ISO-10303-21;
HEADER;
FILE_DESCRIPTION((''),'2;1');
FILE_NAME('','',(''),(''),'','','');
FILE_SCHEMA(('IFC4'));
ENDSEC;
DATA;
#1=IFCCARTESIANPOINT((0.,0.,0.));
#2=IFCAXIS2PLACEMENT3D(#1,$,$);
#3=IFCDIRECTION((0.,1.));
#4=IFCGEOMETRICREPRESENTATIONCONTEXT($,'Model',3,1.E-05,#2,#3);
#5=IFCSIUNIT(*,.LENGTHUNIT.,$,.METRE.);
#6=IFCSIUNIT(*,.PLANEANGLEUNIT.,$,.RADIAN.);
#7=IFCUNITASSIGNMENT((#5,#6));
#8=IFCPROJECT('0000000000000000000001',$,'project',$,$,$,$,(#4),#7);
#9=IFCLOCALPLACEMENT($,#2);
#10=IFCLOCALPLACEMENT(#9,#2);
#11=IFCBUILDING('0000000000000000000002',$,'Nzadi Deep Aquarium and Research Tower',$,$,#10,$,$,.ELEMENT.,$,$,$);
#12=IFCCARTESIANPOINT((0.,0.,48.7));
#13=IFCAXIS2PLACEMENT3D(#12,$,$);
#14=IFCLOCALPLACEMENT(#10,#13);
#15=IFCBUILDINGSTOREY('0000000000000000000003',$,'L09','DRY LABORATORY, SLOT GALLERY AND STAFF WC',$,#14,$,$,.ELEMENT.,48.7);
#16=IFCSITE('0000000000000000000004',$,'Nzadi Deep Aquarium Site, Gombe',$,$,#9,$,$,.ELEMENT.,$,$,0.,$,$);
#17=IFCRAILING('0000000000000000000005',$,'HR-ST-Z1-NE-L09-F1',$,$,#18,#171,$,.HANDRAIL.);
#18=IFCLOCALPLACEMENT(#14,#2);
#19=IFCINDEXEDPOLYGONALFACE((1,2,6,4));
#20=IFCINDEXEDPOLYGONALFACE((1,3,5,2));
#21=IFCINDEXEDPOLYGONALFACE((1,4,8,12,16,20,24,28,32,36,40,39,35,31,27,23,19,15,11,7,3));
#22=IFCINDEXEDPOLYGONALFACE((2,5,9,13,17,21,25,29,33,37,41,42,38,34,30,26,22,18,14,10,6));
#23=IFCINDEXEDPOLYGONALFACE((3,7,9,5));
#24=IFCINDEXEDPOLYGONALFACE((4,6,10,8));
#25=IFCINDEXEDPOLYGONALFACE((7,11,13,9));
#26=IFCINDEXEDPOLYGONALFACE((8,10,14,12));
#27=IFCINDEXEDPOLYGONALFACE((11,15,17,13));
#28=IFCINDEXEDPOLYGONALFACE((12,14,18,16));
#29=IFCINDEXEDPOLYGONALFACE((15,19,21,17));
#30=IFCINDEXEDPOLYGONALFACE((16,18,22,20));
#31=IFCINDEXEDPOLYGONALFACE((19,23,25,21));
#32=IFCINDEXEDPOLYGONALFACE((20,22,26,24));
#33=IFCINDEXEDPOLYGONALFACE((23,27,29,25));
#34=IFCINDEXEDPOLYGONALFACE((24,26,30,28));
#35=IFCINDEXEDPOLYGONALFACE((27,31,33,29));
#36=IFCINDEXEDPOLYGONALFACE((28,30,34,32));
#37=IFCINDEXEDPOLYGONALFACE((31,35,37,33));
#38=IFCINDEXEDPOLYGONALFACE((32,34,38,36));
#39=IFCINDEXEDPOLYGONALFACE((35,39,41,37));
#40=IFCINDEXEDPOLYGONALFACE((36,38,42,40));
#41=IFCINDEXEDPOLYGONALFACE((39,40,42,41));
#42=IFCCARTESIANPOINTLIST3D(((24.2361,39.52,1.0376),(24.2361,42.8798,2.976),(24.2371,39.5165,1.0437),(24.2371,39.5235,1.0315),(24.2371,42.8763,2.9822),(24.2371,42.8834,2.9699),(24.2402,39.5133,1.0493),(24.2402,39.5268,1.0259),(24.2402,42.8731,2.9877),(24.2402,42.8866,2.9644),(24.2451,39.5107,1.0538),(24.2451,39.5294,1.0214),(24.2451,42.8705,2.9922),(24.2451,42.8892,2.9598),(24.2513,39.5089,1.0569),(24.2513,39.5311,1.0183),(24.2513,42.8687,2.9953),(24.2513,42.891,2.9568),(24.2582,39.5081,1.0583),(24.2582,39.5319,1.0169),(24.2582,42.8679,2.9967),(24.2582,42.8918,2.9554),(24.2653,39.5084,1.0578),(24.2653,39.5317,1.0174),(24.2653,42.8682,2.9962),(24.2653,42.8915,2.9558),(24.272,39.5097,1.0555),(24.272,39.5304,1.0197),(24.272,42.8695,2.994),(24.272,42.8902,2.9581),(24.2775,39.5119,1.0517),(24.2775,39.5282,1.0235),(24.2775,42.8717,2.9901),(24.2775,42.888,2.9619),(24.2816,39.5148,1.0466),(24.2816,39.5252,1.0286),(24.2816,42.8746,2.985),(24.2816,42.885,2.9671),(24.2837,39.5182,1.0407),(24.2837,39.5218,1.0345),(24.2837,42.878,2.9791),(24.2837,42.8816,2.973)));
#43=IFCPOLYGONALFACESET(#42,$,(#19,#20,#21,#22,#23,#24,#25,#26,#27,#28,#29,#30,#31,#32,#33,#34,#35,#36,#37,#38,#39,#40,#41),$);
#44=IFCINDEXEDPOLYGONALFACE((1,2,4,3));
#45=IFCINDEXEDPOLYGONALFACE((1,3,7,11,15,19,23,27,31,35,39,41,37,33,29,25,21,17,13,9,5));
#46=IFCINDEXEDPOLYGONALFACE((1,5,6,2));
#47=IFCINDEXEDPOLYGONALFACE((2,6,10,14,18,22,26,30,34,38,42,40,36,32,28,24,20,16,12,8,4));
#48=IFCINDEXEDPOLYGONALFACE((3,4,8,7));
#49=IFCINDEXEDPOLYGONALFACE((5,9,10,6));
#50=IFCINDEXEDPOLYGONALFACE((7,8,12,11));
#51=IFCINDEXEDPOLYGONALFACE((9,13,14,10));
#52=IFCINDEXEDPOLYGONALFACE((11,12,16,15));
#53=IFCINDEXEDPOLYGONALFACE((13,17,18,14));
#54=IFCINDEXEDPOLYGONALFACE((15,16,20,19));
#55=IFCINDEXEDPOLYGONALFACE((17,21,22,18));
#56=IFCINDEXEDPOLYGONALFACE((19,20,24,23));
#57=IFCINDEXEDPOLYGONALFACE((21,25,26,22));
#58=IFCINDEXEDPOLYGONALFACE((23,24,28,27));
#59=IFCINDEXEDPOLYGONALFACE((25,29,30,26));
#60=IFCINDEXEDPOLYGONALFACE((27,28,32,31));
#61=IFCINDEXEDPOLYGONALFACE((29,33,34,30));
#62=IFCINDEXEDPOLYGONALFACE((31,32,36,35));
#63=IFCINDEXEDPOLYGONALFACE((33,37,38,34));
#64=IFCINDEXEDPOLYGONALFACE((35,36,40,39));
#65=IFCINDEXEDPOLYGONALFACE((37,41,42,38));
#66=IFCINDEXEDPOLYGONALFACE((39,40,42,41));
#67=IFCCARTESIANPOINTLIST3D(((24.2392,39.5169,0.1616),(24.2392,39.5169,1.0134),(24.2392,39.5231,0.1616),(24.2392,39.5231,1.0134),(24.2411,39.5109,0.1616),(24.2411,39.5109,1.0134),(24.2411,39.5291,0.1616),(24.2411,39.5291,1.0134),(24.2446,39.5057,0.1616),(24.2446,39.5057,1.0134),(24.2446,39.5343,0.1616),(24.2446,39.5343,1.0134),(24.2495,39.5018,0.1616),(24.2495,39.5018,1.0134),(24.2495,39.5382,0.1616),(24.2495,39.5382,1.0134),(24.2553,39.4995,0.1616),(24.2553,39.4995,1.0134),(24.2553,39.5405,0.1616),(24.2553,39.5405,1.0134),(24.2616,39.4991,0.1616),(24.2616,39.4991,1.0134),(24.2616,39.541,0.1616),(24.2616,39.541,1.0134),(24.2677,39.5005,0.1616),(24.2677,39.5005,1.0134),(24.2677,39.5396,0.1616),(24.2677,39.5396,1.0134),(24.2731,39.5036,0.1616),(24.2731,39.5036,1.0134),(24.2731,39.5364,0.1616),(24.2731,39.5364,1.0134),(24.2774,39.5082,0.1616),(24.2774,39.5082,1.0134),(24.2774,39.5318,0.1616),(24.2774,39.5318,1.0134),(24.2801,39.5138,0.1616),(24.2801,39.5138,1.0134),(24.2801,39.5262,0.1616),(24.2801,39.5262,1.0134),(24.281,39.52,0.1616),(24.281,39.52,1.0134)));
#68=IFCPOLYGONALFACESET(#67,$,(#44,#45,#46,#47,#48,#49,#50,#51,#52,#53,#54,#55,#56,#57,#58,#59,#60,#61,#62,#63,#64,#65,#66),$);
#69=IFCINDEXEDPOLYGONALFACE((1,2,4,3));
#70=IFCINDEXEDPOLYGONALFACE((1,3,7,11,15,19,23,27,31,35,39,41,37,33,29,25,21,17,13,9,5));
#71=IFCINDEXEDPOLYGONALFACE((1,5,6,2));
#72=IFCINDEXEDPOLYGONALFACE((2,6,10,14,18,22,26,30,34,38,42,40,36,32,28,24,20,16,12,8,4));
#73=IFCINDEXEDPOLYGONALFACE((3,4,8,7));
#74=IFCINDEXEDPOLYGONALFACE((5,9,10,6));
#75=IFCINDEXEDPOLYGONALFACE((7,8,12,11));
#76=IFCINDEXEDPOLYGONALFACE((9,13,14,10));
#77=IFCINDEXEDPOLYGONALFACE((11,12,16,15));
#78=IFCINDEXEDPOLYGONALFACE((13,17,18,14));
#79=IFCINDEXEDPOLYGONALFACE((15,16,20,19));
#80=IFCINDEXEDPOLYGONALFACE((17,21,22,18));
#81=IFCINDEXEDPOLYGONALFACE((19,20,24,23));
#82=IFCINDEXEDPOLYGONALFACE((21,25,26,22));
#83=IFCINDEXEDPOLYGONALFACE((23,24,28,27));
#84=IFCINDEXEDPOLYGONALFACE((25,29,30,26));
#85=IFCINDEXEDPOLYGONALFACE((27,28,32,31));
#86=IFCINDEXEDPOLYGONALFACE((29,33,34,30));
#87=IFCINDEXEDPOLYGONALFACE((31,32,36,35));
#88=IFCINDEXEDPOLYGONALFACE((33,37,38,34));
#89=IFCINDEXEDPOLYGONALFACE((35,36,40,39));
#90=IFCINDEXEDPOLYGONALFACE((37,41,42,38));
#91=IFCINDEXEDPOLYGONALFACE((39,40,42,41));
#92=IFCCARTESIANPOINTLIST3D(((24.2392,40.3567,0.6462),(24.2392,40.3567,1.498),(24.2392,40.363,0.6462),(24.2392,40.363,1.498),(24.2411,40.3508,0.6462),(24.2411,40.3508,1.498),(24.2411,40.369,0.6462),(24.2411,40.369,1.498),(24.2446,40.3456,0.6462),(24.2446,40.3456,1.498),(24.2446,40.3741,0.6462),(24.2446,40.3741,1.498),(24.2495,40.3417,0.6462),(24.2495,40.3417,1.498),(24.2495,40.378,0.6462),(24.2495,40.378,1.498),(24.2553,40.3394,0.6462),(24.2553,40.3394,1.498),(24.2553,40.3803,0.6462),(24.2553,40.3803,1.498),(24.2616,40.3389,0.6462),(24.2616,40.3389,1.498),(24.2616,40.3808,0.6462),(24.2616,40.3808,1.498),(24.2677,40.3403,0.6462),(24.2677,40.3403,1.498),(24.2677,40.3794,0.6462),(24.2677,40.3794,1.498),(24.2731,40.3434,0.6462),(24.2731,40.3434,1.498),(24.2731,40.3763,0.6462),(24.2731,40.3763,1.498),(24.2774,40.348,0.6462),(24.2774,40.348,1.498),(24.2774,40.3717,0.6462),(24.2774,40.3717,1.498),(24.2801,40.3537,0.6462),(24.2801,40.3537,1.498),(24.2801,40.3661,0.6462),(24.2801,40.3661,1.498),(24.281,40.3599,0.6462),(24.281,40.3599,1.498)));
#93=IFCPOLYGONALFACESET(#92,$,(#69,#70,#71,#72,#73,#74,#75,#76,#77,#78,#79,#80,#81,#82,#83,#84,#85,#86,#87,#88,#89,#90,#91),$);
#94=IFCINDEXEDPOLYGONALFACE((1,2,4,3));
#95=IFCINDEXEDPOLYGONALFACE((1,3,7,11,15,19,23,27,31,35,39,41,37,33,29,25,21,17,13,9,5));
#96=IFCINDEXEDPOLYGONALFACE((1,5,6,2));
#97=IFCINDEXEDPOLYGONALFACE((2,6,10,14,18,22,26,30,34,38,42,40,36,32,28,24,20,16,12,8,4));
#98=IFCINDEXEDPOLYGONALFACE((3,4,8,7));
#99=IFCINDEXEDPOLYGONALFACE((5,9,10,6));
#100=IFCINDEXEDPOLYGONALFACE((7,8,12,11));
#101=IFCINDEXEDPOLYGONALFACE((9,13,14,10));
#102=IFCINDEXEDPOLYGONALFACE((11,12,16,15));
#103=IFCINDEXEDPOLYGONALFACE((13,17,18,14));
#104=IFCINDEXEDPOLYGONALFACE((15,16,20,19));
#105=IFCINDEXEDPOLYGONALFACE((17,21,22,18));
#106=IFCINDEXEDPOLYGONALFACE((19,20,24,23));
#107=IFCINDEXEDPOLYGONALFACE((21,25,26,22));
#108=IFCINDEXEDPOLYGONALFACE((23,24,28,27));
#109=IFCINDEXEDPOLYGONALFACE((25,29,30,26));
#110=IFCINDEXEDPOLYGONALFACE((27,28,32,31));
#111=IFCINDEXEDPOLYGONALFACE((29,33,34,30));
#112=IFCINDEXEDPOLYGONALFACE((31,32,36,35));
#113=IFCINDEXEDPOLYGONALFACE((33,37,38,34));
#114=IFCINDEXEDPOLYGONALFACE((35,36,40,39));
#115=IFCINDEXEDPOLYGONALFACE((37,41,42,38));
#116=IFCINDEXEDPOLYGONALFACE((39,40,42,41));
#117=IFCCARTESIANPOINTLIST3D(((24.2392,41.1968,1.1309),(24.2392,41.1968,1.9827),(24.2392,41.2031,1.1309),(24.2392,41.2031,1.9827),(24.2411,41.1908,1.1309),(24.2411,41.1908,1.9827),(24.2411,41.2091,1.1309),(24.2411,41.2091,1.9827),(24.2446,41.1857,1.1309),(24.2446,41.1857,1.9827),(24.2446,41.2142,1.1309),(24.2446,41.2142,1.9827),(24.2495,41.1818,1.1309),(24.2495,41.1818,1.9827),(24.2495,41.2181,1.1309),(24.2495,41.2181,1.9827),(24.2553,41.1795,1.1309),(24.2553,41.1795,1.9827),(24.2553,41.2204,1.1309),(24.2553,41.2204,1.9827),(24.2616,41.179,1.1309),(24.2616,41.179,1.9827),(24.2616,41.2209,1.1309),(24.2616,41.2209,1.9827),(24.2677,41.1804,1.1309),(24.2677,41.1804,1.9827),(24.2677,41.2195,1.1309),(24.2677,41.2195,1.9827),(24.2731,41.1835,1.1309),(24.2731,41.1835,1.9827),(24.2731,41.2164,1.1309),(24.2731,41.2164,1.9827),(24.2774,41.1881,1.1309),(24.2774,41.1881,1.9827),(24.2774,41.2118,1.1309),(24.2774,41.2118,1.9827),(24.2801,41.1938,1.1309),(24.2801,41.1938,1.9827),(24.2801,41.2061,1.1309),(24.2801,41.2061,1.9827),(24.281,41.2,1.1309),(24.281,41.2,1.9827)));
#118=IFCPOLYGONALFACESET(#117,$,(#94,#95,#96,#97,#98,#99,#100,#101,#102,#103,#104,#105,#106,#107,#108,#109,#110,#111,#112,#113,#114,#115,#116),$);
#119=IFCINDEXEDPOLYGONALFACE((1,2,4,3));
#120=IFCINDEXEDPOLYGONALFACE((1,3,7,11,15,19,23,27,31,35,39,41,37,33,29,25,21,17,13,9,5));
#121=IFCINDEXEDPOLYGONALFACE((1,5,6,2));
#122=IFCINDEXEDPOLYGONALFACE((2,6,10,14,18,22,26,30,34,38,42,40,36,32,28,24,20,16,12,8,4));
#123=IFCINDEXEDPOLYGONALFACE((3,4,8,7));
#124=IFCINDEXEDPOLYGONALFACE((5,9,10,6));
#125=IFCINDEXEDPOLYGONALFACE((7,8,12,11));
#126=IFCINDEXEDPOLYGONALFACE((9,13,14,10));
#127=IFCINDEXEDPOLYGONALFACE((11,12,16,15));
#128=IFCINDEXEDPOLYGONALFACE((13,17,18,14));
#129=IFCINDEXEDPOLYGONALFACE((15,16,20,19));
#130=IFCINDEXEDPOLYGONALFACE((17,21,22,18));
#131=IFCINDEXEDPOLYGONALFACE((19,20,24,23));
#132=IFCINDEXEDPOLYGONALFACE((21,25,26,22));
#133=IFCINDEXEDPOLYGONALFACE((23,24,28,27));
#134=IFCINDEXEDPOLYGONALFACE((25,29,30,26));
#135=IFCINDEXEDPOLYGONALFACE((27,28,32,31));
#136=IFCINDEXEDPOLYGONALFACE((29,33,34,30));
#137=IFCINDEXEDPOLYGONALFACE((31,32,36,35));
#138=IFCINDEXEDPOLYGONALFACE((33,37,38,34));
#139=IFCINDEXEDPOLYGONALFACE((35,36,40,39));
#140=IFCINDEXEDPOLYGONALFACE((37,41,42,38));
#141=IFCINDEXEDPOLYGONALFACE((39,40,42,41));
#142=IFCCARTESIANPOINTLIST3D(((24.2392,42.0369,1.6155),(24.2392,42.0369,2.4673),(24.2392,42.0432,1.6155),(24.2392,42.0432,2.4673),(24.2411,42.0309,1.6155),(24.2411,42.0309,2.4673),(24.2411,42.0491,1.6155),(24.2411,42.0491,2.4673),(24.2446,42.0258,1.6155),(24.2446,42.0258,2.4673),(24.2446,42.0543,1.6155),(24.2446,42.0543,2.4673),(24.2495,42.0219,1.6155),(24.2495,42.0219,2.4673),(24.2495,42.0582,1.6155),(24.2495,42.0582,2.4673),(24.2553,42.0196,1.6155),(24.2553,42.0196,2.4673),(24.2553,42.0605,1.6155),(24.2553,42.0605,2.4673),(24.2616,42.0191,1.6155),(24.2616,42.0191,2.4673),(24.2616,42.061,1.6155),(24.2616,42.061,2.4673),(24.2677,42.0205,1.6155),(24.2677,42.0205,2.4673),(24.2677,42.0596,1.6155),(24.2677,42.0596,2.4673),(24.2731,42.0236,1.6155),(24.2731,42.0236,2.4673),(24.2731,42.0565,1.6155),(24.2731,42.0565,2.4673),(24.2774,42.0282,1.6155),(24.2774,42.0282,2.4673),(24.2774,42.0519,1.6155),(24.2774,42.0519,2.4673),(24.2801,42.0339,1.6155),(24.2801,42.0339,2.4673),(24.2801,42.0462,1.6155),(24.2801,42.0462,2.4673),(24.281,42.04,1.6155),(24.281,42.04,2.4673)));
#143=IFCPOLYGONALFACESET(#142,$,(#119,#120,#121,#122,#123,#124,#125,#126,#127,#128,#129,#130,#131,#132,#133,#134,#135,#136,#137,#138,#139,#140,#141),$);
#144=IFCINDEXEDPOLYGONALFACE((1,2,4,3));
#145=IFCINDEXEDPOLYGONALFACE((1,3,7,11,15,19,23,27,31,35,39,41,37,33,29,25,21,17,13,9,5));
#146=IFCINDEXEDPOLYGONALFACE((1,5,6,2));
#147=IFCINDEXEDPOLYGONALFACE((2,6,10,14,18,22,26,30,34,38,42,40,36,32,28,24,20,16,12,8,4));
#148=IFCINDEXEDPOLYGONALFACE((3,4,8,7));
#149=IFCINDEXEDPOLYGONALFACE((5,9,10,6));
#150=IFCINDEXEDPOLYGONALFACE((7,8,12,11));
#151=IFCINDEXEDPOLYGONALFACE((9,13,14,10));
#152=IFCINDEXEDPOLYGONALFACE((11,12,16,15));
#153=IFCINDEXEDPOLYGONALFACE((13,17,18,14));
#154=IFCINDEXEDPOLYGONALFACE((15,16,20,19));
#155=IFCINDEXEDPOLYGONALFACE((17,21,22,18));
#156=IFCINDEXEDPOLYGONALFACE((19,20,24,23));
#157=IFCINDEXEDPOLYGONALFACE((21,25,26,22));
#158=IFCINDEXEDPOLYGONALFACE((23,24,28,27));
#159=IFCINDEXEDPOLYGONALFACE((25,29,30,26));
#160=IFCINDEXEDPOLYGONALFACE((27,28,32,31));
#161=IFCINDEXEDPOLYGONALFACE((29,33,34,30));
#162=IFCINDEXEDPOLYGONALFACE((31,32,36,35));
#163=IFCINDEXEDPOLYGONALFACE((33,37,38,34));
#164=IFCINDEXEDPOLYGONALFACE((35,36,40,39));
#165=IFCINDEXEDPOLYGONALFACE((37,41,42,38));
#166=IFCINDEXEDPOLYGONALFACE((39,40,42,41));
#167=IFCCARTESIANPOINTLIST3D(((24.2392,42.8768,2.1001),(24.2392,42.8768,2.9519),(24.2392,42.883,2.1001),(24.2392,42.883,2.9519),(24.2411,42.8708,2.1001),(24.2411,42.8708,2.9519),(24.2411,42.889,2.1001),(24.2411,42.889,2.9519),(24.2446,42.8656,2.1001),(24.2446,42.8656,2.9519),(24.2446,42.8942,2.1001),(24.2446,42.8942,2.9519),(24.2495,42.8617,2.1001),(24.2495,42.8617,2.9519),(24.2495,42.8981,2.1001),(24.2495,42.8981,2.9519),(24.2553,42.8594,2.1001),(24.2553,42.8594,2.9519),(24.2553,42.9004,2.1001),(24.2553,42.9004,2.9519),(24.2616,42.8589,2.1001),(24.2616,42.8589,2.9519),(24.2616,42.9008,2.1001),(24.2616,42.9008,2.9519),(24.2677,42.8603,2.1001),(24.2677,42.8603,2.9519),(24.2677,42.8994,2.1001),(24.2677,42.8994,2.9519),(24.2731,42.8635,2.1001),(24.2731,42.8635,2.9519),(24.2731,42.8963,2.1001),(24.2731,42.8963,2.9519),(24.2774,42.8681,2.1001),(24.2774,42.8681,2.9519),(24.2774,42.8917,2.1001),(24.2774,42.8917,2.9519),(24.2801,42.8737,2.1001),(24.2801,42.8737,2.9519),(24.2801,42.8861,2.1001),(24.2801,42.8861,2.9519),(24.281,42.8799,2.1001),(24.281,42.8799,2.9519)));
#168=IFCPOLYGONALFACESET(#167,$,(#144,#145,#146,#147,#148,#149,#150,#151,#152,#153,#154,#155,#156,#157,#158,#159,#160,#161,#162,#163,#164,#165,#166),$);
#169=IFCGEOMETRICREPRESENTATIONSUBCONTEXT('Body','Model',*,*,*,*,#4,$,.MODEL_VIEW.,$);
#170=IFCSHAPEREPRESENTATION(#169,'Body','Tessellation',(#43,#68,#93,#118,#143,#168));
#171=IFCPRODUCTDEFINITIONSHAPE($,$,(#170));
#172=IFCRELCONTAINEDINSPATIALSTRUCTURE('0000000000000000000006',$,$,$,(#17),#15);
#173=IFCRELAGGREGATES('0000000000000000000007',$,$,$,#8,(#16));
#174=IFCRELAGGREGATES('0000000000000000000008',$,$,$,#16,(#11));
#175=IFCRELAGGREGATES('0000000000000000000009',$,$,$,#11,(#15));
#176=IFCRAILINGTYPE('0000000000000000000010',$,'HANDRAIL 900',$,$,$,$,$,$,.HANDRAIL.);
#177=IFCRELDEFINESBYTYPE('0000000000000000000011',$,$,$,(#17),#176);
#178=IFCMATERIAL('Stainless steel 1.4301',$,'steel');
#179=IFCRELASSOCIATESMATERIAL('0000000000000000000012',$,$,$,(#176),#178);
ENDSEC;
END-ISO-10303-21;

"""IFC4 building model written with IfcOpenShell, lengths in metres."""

from ifc_helpers import new_model, si_unit, direction, frame, origin, origin_2d, place, context, subcontext, project, spatial, circle, extrude, material, type_object, element, save


model = new_model("IFC4")

# Units and contexts
model_context = context("Model", 3, precision=1e-05, world=origin(), true_north=direction((0.0, 1.0)))
body_context = subcontext(model_context, "Body", "Model", "MODEL_VIEW")
ifc_project = project(units=[si_unit("LENGTHUNIT", "METRE"), si_unit("PLANEANGLEUNIT", "RADIAN")], contexts=[model_context])

# Site, building, storey
site_placement = place(None, origin())
site = spatial("IfcSite", under=ifc_project, at=site_placement, Name="Nzadi Deep Aquarium Site, Gombe", CompositionType="ELEMENT", RefElevation=0.0)
building_placement = place(site_placement, origin())
building = spatial("IfcBuilding", under=site, at=building_placement, Name="Nzadi Deep Aquarium and Research Tower", CompositionType="ELEMENT")
storey_placement = place(building_placement, frame((0.0, 0.0, 48.7)))
storey = spatial("IfcBuildingStorey", under=building, at=storey_placement, Name="L09", Description="DRY LABORATORY, SLOT GALLERY AND STAFF WC", CompositionType="ELEMENT", Elevation=48.7)

# Railing
ifc_material_1 = material(Name="Stainless steel 1.4301", Category="steel")
railing_type = type_object("IfcRailingType", Name="HANDRAIL 900", PredefinedType="HANDRAIL", material=ifc_material_1)
for number, where, name in (
    (1, (24.26, 39.52, 0.1616), "HR-ST-Z1-NE-L09-F1"),
):
    element("IfcRailing", number, at=place(storey_placement, frame(where)), inside=storey, type_object=railing_type, Name=name, PredefinedType="HANDRAIL", context=body_context, shape_type="SweptSolid", body=[
        extrude(circle(Radius=0.0239, at=origin_2d()), frame((0.0, 0.0, 0.876), z_axis=(0.0, 0.866175, 0.499741), x_axis=(-1.0, 0.0, 0.0)), (0.0, 0.0, 1.0), 3.8789),
        extrude(circle(Radius=0.021, at=origin_2d()), origin(), (0.0, 0.0, 1.0), 0.8518),
        extrude(circle(Radius=0.021, at=origin_2d()), frame((0.0, 0.8398, 0.4846)), (0.0, 0.0, 1.0), 0.8518),
        extrude(circle(Radius=0.021, at=origin_2d()), frame((0.0, 1.6799, 0.9692)), (0.0, 0.0, 1.0), 0.8518),
        extrude(circle(Radius=0.021, at=origin_2d()), frame((0.0, 2.52, 1.4539)), (0.0, 0.0, 1.0), 0.8518),
        extrude(circle(Radius=0.021, at=origin_2d()), frame((0.0, 3.3599, 1.9385)), (0.0, 0.0, 1.0), 0.8518),
    ])

save(model, "model.ifc")
